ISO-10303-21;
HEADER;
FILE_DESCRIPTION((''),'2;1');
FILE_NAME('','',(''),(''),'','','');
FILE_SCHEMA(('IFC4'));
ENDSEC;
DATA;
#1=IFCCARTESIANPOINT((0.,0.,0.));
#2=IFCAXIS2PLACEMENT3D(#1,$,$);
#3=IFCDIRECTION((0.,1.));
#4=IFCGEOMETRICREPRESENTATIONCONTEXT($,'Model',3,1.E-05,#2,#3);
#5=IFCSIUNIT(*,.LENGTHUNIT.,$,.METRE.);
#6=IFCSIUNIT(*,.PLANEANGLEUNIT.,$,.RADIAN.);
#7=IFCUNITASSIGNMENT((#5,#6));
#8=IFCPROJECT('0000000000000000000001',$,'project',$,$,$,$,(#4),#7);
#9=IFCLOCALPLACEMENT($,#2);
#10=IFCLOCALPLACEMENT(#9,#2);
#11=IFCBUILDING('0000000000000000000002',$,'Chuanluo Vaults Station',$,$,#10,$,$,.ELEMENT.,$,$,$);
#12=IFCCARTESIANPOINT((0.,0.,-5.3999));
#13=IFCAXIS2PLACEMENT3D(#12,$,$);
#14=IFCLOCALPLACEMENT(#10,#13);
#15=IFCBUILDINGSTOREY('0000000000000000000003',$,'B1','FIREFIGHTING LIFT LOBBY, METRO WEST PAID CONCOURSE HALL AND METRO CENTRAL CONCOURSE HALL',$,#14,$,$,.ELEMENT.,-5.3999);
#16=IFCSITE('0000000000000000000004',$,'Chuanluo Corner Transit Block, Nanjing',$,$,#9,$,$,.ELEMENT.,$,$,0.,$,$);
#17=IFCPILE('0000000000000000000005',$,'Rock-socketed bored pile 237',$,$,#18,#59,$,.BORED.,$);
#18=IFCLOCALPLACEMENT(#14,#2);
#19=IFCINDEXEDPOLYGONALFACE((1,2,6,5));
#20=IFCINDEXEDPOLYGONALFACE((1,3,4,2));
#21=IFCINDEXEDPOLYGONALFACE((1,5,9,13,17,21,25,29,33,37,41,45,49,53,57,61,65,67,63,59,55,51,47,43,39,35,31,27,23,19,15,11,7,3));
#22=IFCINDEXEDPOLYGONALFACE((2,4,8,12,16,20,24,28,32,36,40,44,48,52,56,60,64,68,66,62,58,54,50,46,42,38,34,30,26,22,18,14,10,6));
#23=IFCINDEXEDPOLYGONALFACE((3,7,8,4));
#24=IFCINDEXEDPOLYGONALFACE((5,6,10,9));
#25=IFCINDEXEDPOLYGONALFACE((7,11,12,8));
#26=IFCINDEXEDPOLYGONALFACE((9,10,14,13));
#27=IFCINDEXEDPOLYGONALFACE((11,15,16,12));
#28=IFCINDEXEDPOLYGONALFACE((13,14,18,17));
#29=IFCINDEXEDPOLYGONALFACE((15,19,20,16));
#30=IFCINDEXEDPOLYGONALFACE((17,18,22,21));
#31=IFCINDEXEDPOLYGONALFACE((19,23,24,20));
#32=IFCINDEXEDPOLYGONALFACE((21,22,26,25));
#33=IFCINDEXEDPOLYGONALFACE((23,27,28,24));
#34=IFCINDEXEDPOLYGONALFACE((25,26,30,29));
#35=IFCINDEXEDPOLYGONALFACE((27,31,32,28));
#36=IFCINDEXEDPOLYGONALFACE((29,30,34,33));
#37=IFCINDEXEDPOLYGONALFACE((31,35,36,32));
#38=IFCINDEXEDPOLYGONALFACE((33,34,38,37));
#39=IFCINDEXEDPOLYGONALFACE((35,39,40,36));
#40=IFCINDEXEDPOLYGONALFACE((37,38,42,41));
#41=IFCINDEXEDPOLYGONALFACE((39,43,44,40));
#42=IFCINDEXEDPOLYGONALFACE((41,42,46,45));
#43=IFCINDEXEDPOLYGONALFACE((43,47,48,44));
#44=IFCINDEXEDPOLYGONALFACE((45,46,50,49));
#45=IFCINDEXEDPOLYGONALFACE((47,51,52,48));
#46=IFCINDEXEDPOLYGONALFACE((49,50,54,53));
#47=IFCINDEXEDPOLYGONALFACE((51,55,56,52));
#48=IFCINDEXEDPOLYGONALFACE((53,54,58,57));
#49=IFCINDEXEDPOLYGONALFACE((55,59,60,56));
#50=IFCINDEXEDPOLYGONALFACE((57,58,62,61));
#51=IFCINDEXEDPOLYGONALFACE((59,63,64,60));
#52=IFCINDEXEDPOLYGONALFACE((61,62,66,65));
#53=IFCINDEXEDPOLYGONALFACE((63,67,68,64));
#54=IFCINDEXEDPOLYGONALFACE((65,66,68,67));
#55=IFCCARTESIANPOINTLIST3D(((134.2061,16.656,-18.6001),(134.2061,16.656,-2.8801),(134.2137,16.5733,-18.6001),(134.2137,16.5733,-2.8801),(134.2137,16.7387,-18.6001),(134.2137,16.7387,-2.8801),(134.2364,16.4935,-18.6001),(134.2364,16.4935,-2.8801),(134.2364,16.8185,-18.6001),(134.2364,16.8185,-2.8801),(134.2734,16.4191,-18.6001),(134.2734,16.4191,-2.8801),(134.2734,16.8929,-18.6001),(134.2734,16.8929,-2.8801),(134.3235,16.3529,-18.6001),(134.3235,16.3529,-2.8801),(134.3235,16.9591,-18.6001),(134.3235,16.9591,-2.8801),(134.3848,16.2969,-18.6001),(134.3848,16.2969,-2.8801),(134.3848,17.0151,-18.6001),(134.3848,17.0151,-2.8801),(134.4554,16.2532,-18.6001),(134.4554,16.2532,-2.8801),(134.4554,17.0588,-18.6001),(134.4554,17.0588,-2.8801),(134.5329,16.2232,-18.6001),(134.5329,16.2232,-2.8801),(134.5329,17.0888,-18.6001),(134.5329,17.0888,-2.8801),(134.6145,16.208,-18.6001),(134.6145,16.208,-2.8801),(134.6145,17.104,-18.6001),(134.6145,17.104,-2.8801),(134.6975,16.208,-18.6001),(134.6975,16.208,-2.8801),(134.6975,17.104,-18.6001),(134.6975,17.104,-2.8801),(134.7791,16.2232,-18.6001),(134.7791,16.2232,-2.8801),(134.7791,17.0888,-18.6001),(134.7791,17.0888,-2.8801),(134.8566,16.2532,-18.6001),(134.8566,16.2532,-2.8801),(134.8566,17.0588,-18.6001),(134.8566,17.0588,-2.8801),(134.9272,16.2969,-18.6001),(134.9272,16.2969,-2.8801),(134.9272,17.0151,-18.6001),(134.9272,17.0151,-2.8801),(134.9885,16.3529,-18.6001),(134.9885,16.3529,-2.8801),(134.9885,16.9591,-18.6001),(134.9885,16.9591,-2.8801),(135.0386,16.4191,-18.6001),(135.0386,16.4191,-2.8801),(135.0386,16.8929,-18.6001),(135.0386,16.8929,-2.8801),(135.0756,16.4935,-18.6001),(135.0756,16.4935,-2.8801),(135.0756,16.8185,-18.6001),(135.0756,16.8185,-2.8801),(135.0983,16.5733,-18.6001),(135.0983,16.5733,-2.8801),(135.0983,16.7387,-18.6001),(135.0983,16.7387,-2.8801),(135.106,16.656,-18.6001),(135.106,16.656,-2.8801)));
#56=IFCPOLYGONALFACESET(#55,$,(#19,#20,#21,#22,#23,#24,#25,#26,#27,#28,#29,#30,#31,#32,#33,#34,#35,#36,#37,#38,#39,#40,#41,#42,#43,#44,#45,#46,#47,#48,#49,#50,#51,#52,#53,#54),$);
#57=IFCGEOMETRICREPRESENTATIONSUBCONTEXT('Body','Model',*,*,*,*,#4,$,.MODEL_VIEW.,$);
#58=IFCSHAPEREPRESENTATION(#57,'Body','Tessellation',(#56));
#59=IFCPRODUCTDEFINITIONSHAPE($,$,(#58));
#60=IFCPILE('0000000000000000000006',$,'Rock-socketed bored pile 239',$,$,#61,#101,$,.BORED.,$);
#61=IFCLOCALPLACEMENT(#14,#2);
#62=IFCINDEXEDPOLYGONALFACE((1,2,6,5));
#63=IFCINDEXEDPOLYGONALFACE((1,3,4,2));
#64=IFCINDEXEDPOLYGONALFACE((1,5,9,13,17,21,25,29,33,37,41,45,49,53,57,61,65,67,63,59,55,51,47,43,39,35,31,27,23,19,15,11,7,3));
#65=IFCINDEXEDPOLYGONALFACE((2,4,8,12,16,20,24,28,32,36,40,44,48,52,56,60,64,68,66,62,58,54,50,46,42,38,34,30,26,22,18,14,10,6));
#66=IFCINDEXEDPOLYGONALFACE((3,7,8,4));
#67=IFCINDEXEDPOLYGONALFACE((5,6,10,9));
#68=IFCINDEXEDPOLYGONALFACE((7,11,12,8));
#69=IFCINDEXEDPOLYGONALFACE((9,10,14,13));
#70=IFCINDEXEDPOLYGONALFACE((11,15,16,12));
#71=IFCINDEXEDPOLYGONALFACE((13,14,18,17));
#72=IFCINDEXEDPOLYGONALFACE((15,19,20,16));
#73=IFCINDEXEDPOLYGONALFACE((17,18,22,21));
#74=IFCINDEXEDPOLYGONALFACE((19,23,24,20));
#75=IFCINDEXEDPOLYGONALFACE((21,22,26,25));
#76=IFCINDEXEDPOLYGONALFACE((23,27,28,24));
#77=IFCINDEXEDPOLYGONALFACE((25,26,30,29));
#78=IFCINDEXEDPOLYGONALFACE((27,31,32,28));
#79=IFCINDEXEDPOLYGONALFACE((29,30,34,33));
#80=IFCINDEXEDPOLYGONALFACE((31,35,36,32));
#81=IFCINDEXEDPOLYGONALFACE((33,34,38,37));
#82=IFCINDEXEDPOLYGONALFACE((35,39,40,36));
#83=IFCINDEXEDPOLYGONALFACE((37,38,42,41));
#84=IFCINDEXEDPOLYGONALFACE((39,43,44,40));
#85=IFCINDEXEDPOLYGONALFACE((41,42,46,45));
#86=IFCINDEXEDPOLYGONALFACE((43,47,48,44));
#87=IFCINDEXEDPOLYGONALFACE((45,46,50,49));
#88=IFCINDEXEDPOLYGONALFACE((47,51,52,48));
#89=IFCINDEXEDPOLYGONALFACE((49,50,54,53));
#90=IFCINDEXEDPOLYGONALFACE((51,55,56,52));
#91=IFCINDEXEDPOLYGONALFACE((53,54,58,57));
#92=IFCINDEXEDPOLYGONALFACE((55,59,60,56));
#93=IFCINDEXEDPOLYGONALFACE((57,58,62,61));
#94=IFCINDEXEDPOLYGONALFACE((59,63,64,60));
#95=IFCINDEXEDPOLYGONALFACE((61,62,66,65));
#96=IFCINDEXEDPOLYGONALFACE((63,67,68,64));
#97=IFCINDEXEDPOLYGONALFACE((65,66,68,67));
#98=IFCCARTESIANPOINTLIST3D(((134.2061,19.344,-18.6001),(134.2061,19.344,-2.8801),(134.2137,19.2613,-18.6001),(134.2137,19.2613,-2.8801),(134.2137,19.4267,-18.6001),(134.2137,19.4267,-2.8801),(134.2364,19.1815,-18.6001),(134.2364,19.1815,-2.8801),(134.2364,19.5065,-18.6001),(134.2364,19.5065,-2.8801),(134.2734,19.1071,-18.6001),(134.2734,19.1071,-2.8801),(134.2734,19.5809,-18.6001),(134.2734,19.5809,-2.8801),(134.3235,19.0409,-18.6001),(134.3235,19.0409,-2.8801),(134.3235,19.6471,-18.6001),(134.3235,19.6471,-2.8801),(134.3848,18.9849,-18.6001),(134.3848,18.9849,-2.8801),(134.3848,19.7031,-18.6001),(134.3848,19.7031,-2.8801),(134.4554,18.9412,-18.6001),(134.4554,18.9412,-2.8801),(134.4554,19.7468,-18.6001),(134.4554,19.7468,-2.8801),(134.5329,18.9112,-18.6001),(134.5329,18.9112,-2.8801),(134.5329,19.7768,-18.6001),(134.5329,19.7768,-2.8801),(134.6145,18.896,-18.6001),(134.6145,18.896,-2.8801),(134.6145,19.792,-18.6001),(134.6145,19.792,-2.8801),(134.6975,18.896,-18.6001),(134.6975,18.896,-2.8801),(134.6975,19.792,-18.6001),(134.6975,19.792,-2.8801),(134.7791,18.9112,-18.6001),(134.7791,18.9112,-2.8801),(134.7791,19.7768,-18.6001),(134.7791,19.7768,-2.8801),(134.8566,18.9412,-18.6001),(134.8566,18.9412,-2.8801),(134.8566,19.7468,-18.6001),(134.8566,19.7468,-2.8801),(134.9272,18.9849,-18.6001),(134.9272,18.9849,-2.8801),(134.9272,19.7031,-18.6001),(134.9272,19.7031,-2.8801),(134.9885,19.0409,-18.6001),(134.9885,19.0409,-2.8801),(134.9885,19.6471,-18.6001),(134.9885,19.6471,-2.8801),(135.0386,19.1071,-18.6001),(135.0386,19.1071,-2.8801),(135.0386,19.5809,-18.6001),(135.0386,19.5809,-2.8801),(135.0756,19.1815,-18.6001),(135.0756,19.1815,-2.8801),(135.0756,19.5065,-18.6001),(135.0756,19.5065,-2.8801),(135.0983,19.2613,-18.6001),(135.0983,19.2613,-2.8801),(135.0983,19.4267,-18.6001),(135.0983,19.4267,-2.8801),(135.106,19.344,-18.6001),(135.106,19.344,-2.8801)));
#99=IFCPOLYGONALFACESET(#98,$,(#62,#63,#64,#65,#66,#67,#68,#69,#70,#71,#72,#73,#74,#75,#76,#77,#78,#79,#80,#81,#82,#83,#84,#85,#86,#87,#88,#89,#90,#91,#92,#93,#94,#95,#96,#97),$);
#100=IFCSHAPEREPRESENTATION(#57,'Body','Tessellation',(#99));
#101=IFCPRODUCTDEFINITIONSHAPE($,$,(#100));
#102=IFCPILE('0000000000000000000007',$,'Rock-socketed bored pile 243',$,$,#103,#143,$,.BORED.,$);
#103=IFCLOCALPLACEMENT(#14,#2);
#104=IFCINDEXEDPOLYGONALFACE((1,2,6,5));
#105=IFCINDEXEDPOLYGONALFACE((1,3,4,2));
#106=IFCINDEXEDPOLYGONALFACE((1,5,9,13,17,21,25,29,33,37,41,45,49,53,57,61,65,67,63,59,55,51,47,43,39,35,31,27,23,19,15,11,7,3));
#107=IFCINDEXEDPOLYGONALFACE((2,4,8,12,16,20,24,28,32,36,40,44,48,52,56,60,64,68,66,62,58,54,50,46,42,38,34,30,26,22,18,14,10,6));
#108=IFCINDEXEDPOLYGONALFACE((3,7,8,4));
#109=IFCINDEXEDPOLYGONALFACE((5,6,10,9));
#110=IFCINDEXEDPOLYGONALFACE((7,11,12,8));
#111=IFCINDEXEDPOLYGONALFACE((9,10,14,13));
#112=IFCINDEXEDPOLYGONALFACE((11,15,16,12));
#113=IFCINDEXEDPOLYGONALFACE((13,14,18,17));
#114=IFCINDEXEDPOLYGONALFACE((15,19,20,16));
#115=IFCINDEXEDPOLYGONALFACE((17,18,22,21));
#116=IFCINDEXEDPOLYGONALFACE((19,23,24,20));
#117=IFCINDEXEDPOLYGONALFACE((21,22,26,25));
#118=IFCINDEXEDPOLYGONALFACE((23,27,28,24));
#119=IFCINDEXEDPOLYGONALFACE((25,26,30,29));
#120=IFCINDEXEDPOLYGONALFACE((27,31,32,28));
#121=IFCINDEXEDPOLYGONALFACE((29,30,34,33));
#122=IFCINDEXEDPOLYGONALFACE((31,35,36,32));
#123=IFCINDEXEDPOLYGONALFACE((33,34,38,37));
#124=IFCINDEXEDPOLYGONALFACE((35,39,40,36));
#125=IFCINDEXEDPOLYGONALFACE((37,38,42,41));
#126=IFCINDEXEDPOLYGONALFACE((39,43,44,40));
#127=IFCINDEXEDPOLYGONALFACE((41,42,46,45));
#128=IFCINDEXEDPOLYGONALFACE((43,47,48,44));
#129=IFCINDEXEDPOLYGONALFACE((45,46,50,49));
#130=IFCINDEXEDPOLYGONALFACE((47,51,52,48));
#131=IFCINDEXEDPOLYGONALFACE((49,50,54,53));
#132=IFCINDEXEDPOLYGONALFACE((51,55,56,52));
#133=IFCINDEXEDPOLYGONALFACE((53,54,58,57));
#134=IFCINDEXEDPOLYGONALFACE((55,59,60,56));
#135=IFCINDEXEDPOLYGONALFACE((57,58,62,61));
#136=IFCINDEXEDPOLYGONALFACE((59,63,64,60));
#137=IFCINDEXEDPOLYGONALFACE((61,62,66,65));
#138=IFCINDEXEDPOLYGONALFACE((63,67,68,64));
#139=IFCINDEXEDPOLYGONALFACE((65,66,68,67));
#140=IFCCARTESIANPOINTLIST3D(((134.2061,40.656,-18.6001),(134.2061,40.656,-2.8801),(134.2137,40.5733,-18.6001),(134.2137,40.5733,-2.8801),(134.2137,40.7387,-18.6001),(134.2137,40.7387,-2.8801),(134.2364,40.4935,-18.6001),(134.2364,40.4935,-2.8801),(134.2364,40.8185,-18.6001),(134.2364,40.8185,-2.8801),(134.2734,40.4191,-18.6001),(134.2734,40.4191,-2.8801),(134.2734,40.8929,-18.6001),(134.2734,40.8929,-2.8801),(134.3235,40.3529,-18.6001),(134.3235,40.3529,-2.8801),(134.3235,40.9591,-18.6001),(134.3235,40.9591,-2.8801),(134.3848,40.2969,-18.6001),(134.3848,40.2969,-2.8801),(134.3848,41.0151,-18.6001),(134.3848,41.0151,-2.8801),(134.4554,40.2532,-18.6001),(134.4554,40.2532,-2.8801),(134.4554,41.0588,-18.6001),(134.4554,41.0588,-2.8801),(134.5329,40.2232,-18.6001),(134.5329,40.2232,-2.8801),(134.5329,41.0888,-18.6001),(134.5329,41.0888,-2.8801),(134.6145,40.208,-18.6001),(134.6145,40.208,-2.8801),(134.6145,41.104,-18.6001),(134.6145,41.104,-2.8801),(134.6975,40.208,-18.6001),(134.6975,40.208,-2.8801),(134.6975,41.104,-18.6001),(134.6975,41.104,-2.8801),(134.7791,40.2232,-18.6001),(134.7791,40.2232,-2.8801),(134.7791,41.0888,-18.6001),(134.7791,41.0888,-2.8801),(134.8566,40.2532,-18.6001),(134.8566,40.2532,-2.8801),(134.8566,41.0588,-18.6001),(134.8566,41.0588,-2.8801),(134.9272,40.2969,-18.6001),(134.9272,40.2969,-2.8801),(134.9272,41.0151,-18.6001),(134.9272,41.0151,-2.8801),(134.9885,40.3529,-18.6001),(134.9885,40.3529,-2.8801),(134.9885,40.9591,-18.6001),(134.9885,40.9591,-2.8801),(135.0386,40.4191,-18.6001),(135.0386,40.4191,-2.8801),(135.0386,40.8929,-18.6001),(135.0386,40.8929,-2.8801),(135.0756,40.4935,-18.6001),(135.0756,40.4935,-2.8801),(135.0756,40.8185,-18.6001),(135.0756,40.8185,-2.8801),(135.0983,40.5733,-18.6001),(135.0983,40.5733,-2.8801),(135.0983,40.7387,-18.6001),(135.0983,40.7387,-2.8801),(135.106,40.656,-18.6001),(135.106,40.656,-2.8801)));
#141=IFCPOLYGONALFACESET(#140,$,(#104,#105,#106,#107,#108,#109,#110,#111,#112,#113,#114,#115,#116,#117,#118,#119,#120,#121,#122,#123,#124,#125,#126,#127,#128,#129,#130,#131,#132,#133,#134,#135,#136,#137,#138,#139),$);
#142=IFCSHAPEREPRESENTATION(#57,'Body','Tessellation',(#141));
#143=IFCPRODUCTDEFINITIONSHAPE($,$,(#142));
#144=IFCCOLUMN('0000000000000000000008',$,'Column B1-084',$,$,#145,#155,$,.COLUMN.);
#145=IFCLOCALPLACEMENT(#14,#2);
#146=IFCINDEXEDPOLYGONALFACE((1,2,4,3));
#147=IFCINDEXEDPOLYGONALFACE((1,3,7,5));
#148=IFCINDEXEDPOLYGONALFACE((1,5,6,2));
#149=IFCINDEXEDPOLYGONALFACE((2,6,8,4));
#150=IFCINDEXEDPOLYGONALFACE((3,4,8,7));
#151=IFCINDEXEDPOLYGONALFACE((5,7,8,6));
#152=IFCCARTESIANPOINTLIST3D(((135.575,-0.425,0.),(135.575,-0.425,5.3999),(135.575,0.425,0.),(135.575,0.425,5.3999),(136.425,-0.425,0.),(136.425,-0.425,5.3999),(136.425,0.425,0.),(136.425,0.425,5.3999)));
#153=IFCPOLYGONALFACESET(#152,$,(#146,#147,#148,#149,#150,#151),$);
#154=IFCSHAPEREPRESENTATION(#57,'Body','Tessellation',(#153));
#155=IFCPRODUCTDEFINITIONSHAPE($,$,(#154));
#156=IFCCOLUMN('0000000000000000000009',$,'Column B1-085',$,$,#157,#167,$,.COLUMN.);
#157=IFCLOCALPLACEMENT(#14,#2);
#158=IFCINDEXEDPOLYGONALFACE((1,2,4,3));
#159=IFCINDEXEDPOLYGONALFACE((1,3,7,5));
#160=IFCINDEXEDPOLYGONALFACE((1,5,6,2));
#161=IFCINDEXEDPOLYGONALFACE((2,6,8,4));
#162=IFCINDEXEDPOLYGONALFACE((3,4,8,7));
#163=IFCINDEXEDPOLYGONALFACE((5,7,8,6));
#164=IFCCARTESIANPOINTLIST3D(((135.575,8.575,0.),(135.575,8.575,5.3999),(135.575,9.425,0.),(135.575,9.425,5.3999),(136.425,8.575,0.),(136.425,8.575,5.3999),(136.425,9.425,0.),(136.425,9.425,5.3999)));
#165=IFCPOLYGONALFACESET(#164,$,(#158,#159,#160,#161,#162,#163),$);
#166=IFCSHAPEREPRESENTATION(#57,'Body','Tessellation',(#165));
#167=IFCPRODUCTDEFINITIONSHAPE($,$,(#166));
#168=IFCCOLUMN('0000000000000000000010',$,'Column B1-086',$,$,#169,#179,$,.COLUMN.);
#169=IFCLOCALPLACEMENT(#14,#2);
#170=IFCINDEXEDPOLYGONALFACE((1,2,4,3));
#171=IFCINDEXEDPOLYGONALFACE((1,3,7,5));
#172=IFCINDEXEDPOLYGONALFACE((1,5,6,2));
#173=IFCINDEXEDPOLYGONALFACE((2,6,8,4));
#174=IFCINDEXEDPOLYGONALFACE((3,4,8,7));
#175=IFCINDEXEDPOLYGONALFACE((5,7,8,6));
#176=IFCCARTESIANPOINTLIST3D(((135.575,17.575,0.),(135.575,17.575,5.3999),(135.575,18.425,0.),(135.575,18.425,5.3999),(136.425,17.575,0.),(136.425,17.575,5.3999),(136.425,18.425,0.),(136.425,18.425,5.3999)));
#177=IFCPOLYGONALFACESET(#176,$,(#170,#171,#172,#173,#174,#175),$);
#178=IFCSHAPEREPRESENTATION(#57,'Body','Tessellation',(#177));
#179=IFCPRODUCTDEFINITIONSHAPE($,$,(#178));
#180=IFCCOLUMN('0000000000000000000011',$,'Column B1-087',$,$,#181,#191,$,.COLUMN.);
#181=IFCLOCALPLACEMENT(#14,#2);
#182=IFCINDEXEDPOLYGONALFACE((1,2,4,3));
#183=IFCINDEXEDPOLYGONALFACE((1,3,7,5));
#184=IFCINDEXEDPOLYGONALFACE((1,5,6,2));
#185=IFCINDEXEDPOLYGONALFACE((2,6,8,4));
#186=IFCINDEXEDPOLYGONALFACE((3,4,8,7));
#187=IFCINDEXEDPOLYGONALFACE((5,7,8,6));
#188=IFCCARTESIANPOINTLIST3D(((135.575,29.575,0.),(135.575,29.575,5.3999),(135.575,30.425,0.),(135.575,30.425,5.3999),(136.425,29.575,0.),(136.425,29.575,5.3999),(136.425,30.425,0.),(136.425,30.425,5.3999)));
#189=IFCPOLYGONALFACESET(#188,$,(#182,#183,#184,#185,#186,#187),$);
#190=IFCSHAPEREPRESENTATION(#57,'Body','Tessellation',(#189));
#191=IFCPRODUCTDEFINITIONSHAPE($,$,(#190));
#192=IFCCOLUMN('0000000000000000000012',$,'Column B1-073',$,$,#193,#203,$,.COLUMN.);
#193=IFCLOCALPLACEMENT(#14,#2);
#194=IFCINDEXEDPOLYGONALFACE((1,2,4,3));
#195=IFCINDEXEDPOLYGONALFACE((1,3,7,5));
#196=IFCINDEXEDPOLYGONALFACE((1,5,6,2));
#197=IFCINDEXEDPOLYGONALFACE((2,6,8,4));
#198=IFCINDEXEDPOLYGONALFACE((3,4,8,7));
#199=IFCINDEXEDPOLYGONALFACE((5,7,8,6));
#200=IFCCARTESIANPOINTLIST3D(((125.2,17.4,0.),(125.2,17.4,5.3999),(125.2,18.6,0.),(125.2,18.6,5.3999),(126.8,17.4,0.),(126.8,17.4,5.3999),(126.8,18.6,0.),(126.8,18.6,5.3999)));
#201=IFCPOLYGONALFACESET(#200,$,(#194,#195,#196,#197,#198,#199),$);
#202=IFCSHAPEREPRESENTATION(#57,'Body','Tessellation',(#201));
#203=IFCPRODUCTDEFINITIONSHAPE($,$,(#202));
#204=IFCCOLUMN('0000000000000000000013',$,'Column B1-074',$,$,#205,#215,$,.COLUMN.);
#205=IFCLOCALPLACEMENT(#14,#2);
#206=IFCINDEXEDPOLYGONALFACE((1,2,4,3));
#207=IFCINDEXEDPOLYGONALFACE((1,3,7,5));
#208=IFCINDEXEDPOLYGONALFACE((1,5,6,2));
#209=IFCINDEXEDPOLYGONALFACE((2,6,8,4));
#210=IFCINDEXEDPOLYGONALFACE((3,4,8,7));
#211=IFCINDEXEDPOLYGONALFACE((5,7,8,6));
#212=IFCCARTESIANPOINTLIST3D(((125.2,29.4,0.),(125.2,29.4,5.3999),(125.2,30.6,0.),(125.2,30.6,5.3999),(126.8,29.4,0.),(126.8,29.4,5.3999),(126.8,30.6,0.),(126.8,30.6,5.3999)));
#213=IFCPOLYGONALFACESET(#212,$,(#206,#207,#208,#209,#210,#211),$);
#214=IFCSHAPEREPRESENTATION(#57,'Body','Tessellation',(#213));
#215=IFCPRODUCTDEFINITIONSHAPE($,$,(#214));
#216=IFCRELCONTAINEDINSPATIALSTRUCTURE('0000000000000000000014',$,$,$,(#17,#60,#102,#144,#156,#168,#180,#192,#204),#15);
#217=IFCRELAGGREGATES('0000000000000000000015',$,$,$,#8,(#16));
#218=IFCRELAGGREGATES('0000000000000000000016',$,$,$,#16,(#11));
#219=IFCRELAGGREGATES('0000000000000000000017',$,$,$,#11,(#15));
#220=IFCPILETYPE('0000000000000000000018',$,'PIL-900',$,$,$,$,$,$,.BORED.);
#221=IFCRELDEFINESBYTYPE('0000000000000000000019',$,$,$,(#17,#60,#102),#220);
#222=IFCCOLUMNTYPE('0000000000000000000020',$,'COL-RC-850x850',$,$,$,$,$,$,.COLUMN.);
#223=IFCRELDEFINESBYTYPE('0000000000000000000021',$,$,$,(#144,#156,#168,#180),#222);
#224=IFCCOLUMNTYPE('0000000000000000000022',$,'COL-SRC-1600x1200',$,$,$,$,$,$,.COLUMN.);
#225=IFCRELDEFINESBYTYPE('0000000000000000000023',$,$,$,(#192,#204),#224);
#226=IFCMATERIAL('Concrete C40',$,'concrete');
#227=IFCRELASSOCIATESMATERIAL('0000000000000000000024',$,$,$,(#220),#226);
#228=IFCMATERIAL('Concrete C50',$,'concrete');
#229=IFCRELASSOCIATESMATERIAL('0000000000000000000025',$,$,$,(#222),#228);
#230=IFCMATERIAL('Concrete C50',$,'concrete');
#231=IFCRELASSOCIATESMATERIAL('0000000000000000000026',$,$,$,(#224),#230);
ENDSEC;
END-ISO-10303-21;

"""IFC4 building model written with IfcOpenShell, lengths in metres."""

from ifc_helpers import new_model, si_unit, direction, frame, origin, origin_2d, place, context, subcontext, project, spatial, rectangle, circle, extrude, material, material_profile, profile_set, type_object, element, save


model = new_model("IFC4")

# Units and contexts
model_context = context("Model", 3, precision=1e-05, world=origin(), true_north=direction((0.0, 1.0)))
body_context = subcontext(model_context, "Body", "Model", "MODEL_VIEW")
ifc_project = project(units=[si_unit("LENGTHUNIT", "METRE"), si_unit("PLANEANGLEUNIT", "RADIAN")], contexts=[model_context])

# Site, building, storey
site_placement = place(None, origin())
site = spatial("IfcSite", under=ifc_project, at=site_placement, Name="Chuanluo Corner Transit Block, Nanjing", CompositionType="ELEMENT", RefElevation=0.0)
building_placement = place(site_placement, origin())
building = spatial("IfcBuilding", under=site, at=building_placement, Name="Chuanluo Vaults Station", CompositionType="ELEMENT")
storey_placement = place(building_placement, frame((0.0, 0.0, -5.3999)))
storey = spatial("IfcBuildingStorey", under=building, at=storey_placement, Name="B1", Description="FIREFIGHTING LIFT LOBBY, METRO WEST PAID CONCOURSE HALL AND METRO CENTRAL CONCOURSE HALL", CompositionType="ELEMENT", Elevation=-5.3999)

# Piles
ifc_material_1 = material(Name="Concrete C40", Category="concrete")
ifc_material_profile_1 = material_profile(ifc_material_1, circle(Radius=0.45, at=origin_2d()))
ifc_profile_set_1 = profile_set([ifc_material_profile_1], Name="Concrete C40")
pile_type_1 = type_object("IfcPileType", Name="PIL-900", PredefinedType="BORED", material=ifc_profile_set_1)
for number, where, z_axis, x_axis, name in (
    (1, (134.656, 16.656, -2.8801), (0.0, 0.0, -1.0), (1.0, 0.0, 0.0), "Rock-socketed bored pile 237"),
    (2, (134.656, 19.344, -2.8801), (0.0, 0.0, -1.0), (1.0, 0.0, 0.0), "Rock-socketed bored pile 239"),
    (3, (134.656, 40.656, -2.8801), (0.0, 0.0, -1.0), (1.0, 0.0, 0.0), "Rock-socketed bored pile 243"),
):
    element("IfcPile", number, at=place(storey_placement, frame(where, z_axis=z_axis, x_axis=x_axis)), inside=storey, type_object=pile_type_1, Name=name, PredefinedType="BORED", context=body_context, shape_type="SweptSolid", body=[
        extrude(circle(Radius=0.45, at=origin_2d()), origin(), (0.0, 0.0, 1.0), 15.72),
    ])

# Columns
ifc_material_2 = material(Name="Concrete C50", Category="concrete")
ifc_material_profile_2 = material_profile(ifc_material_2, rectangle(XDim=0.8501, YDim=0.8501, at=origin_2d()))
ifc_profile_set_2 = profile_set([ifc_material_profile_2], Name="Concrete C50")
column_type_1 = type_object("IfcColumnType", Name="COL-RC-850x850", PredefinedType="COLUMN", material=ifc_profile_set_2)
for number, where, z_axis, x_axis, name in (
    (4, (136.0, 0.0, 0.0), (0.0, 0.0, 1.0), (1.0, 0.0, 0.0), "Column B1-084"),
    (5, (136.0, 9.0, 0.0), (0.0, 0.0, 1.0), (1.0, 0.0, 0.0), "Column B1-085"),
    (6, (136.0, 18.0, 0.0), (0.0, 0.0, 1.0), (1.0, 0.0, 0.0), "Column B1-086"),
    (7, (136.0, 30.0, 0.0), (0.0, 0.0, 1.0), (1.0, 0.0, 0.0), "Column B1-087"),
):
    element("IfcColumn", number, at=place(storey_placement, frame(where, z_axis=z_axis, x_axis=x_axis)), inside=storey, type_object=column_type_1, Name=name, PredefinedType="COLUMN", context=body_context, shape_type="SweptSolid", body=[
        extrude(rectangle(XDim=0.8501, YDim=0.8501, at=origin_2d()), origin(), (0.0, 0.0, 1.0), 5.3999),
    ])
ifc_material_3 = material(Name="Concrete C50", Category="concrete")
ifc_material_profile_3 = material_profile(ifc_material_3, rectangle(XDim=1.6001, YDim=1.2, at=origin_2d()))
ifc_profile_set_3 = profile_set([ifc_material_profile_3], Name="Concrete C50")
column_type_2 = type_object("IfcColumnType", Name="COL-SRC-1600x1200", PredefinedType="COLUMN", material=ifc_profile_set_3)
for number, where, z_axis, x_axis, name in (
    (8, (126.0, 18.0, 0.0), (0.0, 0.0, 1.0), (1.0, 0.0, 0.0), "Column B1-073"),
    (9, (126.0, 30.0, 0.0), (0.0, 0.0, 1.0), (1.0, 0.0, 0.0), "Column B1-074"),
):
    element("IfcColumn", number, at=place(storey_placement, frame(where, z_axis=z_axis, x_axis=x_axis)), inside=storey, type_object=column_type_2, Name=name, PredefinedType="COLUMN", context=body_context, shape_type="SweptSolid", body=[
        extrude(rectangle(XDim=1.6001, YDim=1.2, at=origin_2d()), origin(), (0.0, 0.0, 1.0), 5.3999),
    ])

save(model, "model.ifc")
